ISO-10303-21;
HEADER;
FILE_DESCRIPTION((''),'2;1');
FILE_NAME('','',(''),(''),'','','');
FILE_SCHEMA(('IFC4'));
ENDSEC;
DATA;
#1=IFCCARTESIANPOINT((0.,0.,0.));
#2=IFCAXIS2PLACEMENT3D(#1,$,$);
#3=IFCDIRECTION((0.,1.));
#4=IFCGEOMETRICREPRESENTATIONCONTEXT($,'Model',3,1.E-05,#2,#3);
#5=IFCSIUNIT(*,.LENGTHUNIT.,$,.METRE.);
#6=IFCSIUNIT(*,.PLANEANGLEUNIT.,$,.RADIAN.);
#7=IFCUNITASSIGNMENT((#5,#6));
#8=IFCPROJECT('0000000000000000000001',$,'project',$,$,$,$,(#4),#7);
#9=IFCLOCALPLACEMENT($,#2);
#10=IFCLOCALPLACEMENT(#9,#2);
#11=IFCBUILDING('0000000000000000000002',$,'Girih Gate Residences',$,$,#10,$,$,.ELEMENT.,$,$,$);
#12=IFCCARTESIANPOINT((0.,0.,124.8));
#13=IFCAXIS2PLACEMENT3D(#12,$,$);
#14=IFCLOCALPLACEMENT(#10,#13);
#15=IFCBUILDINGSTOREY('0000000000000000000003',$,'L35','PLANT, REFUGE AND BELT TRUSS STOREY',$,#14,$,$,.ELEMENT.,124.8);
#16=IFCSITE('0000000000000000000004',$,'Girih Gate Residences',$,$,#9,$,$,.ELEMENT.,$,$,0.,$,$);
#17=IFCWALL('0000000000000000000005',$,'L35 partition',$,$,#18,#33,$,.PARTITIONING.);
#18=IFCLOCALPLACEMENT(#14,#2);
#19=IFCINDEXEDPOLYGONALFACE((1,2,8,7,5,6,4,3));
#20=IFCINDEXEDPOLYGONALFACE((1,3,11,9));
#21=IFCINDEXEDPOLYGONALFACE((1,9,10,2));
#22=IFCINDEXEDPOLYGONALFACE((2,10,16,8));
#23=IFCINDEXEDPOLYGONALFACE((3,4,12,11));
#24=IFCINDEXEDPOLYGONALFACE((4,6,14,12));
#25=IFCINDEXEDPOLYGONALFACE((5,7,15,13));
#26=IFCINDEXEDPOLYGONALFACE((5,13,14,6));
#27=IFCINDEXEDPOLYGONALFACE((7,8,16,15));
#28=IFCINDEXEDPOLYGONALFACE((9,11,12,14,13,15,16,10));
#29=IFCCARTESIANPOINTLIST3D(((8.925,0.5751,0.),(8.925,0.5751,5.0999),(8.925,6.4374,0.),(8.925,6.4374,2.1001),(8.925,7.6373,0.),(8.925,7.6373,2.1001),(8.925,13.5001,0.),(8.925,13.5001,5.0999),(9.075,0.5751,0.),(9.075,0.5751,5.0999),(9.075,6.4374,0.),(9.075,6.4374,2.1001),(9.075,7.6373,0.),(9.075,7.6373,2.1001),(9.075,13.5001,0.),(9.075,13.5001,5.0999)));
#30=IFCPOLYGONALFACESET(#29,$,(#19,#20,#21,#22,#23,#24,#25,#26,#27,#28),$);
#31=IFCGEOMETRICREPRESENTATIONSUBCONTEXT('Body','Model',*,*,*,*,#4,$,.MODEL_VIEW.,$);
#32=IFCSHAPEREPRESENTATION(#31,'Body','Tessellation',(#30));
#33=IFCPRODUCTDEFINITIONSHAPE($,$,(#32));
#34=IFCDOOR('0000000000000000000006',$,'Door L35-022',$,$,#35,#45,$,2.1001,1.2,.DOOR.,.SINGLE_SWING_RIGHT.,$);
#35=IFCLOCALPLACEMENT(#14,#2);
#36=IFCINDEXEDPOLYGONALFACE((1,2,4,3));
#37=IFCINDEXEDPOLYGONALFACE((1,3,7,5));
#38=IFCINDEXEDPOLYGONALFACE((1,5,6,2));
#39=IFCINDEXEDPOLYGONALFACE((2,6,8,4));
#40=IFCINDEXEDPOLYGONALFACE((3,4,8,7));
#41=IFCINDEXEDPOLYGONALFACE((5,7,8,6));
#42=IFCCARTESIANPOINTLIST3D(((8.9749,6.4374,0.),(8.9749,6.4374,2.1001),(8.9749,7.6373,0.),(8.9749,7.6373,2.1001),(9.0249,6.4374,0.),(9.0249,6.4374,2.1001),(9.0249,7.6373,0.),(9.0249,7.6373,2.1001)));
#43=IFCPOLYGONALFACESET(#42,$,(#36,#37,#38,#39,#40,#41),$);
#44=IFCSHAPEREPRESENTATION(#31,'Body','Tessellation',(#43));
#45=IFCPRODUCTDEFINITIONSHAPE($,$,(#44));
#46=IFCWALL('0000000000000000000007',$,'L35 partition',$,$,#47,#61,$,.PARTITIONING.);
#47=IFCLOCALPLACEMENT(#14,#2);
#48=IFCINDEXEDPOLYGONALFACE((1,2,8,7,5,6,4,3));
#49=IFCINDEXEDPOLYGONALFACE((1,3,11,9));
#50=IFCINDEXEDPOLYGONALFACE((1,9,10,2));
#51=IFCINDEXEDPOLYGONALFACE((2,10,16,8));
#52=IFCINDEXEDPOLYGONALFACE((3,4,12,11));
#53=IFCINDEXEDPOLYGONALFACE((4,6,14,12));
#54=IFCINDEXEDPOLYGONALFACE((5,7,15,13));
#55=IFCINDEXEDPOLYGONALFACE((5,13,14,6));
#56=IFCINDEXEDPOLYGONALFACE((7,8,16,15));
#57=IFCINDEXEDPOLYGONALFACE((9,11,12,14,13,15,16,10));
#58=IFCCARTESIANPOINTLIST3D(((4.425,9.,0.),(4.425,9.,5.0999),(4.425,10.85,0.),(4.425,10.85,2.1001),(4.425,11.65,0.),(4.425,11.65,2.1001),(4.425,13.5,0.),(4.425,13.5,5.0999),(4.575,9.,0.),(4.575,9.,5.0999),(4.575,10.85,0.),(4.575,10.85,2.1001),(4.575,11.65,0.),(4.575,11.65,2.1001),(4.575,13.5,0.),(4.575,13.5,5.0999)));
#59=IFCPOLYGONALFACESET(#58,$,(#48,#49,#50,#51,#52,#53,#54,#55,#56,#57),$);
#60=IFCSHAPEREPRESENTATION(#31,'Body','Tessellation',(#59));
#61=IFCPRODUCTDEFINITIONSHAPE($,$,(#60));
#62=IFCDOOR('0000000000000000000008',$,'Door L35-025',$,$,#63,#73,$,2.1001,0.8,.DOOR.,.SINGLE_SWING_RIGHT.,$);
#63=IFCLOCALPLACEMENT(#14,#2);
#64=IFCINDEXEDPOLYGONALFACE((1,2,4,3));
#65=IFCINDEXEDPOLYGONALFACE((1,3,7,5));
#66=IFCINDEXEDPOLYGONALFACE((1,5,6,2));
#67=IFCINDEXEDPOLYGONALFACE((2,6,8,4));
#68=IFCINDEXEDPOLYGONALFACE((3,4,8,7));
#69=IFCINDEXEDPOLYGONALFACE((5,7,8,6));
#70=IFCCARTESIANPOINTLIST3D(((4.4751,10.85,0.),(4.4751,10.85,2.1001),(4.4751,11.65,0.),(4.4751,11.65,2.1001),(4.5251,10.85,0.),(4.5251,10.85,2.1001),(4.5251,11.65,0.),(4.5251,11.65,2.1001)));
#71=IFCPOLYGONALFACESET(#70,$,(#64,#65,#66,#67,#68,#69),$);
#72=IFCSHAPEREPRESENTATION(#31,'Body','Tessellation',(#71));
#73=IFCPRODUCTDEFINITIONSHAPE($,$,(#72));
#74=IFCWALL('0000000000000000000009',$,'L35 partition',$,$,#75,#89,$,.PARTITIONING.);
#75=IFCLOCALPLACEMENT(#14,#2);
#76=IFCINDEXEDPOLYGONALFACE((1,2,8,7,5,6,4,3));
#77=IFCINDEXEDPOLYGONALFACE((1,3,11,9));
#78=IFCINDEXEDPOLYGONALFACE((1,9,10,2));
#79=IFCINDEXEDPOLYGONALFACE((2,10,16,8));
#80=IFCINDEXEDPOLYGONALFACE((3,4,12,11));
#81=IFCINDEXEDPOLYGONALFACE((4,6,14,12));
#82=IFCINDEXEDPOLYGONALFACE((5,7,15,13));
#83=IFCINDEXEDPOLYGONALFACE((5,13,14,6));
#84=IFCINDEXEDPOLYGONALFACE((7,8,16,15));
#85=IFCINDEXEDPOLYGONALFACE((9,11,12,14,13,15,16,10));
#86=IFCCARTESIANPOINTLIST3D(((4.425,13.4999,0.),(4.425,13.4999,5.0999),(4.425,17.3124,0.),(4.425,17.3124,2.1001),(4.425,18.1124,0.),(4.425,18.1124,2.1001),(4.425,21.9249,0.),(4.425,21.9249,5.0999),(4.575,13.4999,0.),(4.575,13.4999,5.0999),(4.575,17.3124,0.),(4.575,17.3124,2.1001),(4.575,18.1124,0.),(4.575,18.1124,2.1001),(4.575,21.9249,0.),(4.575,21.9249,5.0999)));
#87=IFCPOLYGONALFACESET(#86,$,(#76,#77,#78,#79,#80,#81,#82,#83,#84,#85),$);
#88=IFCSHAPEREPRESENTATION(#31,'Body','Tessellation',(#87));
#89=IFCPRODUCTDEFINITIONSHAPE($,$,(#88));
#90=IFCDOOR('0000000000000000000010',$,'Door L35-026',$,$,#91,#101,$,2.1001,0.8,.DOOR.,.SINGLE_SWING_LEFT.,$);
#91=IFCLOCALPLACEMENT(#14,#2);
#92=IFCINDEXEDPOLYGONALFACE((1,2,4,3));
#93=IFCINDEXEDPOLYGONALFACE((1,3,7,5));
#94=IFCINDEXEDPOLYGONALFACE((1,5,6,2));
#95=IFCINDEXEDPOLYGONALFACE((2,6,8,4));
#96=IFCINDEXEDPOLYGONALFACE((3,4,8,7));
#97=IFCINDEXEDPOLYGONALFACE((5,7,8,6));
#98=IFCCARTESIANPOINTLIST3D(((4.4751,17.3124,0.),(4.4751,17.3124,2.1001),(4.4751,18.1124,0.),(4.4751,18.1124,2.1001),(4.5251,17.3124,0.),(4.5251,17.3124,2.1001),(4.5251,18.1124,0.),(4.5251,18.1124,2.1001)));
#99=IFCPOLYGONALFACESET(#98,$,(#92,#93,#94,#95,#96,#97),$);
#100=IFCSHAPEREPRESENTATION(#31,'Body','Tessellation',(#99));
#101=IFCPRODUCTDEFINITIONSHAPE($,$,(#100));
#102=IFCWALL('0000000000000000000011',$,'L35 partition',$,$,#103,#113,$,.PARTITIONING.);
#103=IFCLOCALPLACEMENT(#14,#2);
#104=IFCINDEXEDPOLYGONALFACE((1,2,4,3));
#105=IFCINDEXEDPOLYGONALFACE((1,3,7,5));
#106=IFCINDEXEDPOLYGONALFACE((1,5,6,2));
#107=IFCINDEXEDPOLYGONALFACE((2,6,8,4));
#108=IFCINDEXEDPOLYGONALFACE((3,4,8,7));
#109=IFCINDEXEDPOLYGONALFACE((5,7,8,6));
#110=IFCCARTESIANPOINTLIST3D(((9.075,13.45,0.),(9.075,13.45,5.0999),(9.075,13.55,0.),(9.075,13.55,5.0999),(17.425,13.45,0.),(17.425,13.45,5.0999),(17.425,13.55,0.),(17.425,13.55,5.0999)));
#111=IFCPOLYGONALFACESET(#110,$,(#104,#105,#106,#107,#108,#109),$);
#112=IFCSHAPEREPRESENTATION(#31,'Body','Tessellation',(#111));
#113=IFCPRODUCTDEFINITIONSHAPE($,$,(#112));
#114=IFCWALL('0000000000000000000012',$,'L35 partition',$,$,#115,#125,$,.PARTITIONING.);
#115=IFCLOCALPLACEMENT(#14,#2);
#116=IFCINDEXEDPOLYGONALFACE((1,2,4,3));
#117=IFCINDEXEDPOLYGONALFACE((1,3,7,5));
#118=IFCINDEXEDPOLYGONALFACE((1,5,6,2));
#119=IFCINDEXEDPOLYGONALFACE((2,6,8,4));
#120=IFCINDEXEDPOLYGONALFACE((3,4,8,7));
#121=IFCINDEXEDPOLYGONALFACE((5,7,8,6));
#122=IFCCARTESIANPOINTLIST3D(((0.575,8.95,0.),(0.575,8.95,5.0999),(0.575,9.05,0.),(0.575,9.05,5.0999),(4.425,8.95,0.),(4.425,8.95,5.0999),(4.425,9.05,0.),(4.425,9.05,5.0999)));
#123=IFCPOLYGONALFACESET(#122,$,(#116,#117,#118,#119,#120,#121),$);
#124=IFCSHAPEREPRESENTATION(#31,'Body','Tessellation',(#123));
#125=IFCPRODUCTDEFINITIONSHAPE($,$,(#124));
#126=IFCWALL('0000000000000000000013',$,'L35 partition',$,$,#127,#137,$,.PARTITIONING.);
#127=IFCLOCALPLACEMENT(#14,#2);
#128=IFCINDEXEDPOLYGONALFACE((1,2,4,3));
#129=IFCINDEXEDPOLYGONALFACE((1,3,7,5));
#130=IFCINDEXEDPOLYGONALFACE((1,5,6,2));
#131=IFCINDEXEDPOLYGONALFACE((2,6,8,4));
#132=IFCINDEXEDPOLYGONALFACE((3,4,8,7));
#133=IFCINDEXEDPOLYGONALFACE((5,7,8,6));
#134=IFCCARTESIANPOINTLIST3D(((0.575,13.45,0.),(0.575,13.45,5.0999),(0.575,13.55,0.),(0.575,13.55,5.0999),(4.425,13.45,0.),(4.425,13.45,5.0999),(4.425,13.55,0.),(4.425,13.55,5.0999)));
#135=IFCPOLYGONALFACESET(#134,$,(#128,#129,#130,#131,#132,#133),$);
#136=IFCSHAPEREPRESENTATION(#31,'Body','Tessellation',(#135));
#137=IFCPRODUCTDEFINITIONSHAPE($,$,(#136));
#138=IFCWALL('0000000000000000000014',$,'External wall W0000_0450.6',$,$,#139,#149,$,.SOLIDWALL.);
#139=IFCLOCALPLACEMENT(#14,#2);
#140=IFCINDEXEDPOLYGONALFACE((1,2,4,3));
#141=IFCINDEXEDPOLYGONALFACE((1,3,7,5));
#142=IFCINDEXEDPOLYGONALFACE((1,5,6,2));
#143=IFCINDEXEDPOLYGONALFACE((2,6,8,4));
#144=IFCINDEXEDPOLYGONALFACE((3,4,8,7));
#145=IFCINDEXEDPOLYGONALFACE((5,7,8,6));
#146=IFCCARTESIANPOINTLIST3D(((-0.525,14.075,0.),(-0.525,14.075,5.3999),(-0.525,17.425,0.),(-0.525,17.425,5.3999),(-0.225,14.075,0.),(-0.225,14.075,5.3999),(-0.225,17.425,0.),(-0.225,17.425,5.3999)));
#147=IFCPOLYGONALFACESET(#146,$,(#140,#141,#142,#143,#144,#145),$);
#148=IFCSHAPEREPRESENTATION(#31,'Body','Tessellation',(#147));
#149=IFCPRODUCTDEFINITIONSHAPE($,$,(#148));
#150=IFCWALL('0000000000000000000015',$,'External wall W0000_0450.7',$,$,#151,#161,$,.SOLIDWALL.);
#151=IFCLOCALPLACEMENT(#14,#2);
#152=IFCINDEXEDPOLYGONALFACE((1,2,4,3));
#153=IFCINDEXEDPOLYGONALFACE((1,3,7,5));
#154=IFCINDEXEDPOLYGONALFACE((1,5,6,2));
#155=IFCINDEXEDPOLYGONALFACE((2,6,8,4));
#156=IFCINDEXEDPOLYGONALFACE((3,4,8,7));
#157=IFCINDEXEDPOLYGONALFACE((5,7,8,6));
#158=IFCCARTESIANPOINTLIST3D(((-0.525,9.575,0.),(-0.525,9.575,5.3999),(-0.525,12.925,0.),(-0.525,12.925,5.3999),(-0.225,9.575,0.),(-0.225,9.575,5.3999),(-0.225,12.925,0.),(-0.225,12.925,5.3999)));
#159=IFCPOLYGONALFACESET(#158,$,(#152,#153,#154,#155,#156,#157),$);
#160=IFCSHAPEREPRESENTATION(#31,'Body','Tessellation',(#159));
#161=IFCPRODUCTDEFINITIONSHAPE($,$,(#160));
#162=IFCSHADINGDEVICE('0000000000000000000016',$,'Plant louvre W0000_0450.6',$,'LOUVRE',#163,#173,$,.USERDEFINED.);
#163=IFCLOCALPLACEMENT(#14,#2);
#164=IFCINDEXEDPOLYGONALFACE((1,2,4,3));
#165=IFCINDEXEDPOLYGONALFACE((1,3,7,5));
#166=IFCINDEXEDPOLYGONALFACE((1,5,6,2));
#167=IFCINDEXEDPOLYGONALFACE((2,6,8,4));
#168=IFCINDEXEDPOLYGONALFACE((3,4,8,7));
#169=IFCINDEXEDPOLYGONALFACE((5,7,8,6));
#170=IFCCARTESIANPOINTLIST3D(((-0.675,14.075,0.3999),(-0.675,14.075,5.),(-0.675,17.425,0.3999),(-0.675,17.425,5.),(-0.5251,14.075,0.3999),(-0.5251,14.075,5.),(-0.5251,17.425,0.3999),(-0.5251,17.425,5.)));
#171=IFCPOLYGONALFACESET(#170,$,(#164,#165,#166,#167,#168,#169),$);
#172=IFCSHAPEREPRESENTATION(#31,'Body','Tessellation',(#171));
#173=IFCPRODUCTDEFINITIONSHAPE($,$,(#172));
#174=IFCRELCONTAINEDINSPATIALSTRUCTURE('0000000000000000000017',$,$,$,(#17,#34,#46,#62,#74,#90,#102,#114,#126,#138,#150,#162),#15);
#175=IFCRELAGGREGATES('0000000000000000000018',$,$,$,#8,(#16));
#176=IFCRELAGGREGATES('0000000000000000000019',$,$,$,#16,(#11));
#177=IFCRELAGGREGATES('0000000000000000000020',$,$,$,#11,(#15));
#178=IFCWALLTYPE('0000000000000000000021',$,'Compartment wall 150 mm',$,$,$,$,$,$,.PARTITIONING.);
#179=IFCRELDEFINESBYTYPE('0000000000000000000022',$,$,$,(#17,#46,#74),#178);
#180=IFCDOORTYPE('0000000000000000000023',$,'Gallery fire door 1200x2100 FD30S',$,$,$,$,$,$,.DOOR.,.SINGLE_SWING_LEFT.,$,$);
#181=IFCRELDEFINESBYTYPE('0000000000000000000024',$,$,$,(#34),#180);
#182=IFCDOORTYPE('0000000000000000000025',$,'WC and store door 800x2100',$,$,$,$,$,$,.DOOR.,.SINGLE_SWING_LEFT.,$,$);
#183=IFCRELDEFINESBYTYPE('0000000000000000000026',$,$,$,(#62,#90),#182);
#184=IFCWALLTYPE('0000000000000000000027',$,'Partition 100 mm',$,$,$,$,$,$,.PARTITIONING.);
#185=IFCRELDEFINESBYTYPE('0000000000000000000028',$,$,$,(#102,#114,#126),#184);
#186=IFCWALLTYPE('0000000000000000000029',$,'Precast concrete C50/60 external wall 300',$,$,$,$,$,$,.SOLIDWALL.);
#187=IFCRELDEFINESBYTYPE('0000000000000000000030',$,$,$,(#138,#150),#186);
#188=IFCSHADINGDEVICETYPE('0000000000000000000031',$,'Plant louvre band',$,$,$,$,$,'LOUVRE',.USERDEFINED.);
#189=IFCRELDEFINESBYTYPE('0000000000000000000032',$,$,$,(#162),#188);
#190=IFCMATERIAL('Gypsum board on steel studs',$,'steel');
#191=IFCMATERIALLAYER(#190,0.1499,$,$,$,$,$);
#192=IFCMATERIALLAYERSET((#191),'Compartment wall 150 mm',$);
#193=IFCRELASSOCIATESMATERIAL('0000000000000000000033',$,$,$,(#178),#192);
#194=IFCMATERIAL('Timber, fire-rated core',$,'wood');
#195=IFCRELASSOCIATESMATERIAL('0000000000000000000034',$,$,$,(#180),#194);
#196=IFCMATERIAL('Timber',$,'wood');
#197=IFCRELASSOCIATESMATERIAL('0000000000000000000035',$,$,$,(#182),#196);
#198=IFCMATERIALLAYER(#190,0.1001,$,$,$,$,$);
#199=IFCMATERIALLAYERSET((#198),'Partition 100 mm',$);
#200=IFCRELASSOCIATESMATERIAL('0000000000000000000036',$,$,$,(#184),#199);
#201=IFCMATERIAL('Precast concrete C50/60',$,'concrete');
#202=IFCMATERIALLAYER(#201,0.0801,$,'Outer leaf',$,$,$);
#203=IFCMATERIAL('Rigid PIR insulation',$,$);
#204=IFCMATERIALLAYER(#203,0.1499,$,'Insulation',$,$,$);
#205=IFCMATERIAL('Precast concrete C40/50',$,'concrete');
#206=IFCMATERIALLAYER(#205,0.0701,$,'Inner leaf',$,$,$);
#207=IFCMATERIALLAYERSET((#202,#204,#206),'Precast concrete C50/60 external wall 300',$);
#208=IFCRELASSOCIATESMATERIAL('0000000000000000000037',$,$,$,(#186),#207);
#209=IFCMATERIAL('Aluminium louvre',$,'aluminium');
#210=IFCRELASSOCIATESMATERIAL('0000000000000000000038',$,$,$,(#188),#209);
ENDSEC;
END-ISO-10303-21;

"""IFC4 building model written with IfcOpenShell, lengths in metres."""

from ifc_helpers import new_model, si_unit, direction, frame, frame_2d, origin, origin_2d, place, context, subcontext, project, spatial, rectangle, extrude, material, layer, layer_set, type_object, element, fill, save


model = new_model("IFC4")

# Units and contexts
model_context = context("Model", 3, precision=1e-05, world=origin(), true_north=direction((0.0, 1.0)))
body_context = subcontext(model_context, "Body", "Model", "MODEL_VIEW")
ifc_project = project(units=[si_unit("LENGTHUNIT", "METRE"), si_unit("PLANEANGLEUNIT", "RADIAN")], contexts=[model_context])

# Site, building, storey
site_placement = place(None, origin())
site = spatial("IfcSite", under=ifc_project, at=site_placement, Name="Girih Gate Residences", CompositionType="ELEMENT", RefElevation=0.0)
building_placement = place(site_placement, origin())
building = spatial("IfcBuilding", under=site, at=building_placement, Name="Girih Gate Residences", CompositionType="ELEMENT")
storey_placement = place(building_placement, frame((0.0, 0.0, 124.8)))
storey = spatial("IfcBuildingStorey", under=building, at=storey_placement, Name="L35", Description="PLANT, REFUGE AND BELT TRUSS STOREY", CompositionType="ELEMENT", Elevation=124.8)

# Shared definitions
ifc_material_1 = material(Name="Gypsum board on steel studs", Category="steel")
ifc_layer_1 = layer(ifc_material_1, 0.1499)
ifc_layer_set_1 = layer_set([ifc_layer_1], Name="Compartment wall 150 mm")
wall_type_1 = type_object("IfcWallType", Name="Compartment wall 150 mm", PredefinedType="PARTITIONING", material=ifc_layer_set_1)

# Walls, openings, doors
wall_1_placement = place(storey_placement, frame((9.0, 13.5, 0.0), z_axis=(0.0, 0.0, 1.0), x_axis=(0.0, -1.0, 0.0)))
wall_1 = element("IfcWall", 1, at=wall_1_placement, inside=storey, type_object=wall_type_1, Name="L35 partition", PredefinedType="PARTITIONING", context=body_context, shape_type="SweptSolid", body=[
    extrude(rectangle(XDim=12.925, YDim=0.1499, at=frame_2d((6.4624, 0.0))), origin(), (0.0, 0.0, 1.0), 5.0999),
])
opening_1_placement = place(wall_1_placement, frame((5.8625, 0.0, 0.0)))
opening_1 = element("IfcOpeningElement", 2, at=opening_1_placement, cuts=wall_1, PredefinedType="OPENING", context=body_context, shape_type="SweptSolid", body=[
    extrude(rectangle(XDim=1.2, YDim=2.1001, at=frame_2d((0.6001, 1.05))), frame((0.0, 0.085, 0.0), z_axis=(0.0, -1.0, 0.0), x_axis=(1.0, 0.0, 0.0)), (0.0, 0.0, 1.0), 0.1699),
])
ifc_material_2 = material(Name="Timber, fire-rated core", Category="wood")
door_type_1 = type_object("IfcDoorType", Name="Gallery fire door 1200x2100 FD30S", OperationType="SINGLE_SWING_LEFT", PredefinedType="DOOR", material=ifc_material_2)
door_1_placement = place(opening_1_placement, origin())
door_1 = element("IfcDoor", 3, at=door_1_placement, inside=storey, type_object=door_type_1, Name="Door L35-022", OperationType="SINGLE_SWING_RIGHT", OverallHeight=2.1001, OverallWidth=1.2, PredefinedType="DOOR", context=body_context, shape_type="SweptSolid", body=[
    extrude(rectangle(XDim=1.2, YDim=2.1001, at=frame_2d((0.6001, 1.05))), frame((0.0, 0.0249, 0.0), z_axis=(0.0, -1.0, 0.0), x_axis=(1.0, 0.0, 0.0)), (0.0, 0.0, 1.0), 0.05),
])
fill(opening_1, door_1)
wall_2_placement = place(storey_placement, frame((4.5, 9.0, 0.0), z_axis=(0.0, 0.0, 1.0), x_axis=(0.0, 1.0, 0.0)))
wall_2 = element("IfcWall", 4, at=wall_2_placement, inside=storey, type_object=wall_type_1, Name="L35 partition", PredefinedType="PARTITIONING", context=body_context, shape_type="SweptSolid", body=[
    extrude(rectangle(XDim=4.5, YDim=0.1499, at=frame_2d((2.25, 0.0))), origin(), (0.0, 0.0, 1.0), 5.0999),
])
opening_2_placement = place(wall_2_placement, frame((1.8501, 0.0, 0.0)))
opening_2 = element("IfcOpeningElement", 5, at=opening_2_placement, cuts=wall_2, PredefinedType="OPENING", context=body_context, shape_type="SweptSolid", body=[
    extrude(rectangle(XDim=0.8, YDim=2.1001, at=frame_2d((0.3999, 1.05))), frame((0.0, 0.085, 0.0), z_axis=(0.0, -1.0, 0.0), x_axis=(1.0, 0.0, 0.0)), (0.0, 0.0, 1.0), 0.1699),
])
ifc_material_3 = material(Name="Timber", Category="wood")
door_type_2 = type_object("IfcDoorType", Name="WC and store door 800x2100", OperationType="SINGLE_SWING_LEFT", PredefinedType="DOOR", material=ifc_material_3)
door_2_placement = place(opening_2_placement, origin())
door_2 = element("IfcDoor", 6, at=door_2_placement, inside=storey, type_object=door_type_2, Name="Door L35-025", OperationType="SINGLE_SWING_RIGHT", OverallHeight=2.1001, OverallWidth=0.8, PredefinedType="DOOR", context=body_context, shape_type="SweptSolid", body=[
    extrude(rectangle(XDim=0.8, YDim=2.1001, at=frame_2d((0.3999, 1.05))), frame((0.0, 0.0249, 0.0), z_axis=(0.0, -1.0, 0.0), x_axis=(1.0, 0.0, 0.0)), (0.0, 0.0, 1.0), 0.05),
])
fill(opening_2, door_2)
wall_3_placement = place(storey_placement, frame((4.5, 13.5, 0.0), z_axis=(0.0, 0.0, 1.0), x_axis=(0.0, 1.0, 0.0)))
wall_3 = element("IfcWall", 7, at=wall_3_placement, inside=storey, type_object=wall_type_1, Name="L35 partition", PredefinedType="PARTITIONING", context=body_context, shape_type="SweptSolid", body=[
    extrude(rectangle(XDim=8.425, YDim=0.1499, at=frame_2d((4.2124, 0.0))), origin(), (0.0, 0.0, 1.0), 5.0999),
])
opening_3_placement = place(wall_3_placement, frame((3.8125, 0.0, 0.0)))
opening_3 = element("IfcOpeningElement", 8, at=opening_3_placement, cuts=wall_3, PredefinedType="OPENING", context=body_context, shape_type="SweptSolid", body=[
    extrude(rectangle(XDim=0.8, YDim=2.1001, at=frame_2d((0.3999, 1.05))), frame((0.0, 0.085, 0.0), z_axis=(0.0, -1.0, 0.0), x_axis=(1.0, 0.0, 0.0)), (0.0, 0.0, 1.0), 0.1699),
])
door_3_placement = place(opening_3_placement, origin())
door_3 = element("IfcDoor", 9, at=door_3_placement, inside=storey, type_object=door_type_2, Name="Door L35-026", OperationType="SINGLE_SWING_LEFT", OverallHeight=2.1001, OverallWidth=0.8, PredefinedType="DOOR", context=body_context, shape_type="SweptSolid", body=[
    extrude(rectangle(XDim=0.8, YDim=2.1001, at=frame_2d((0.3999, 1.05))), frame((0.0, 0.0249, 0.0), z_axis=(0.0, -1.0, 0.0), x_axis=(1.0, 0.0, 0.0)), (0.0, 0.0, 1.0), 0.05),
])
fill(opening_3, door_3)

# Walls
ifc_layer_2 = layer(ifc_material_1, 0.1001)
ifc_layer_set_2 = layer_set([ifc_layer_2], Name="Partition 100 mm")
wall_type_2 = type_object("IfcWallType", Name="Partition 100 mm", PredefinedType="PARTITIONING", material=ifc_layer_set_2)
wall_4_placement = place(storey_placement, frame((9.075, 13.5, 0.0), z_axis=(0.0, 0.0, 1.0), x_axis=(1.0, 0.0, 0.0)))
element("IfcWall", 10, at=wall_4_placement, inside=storey, type_object=wall_type_2, Name="L35 partition", PredefinedType="PARTITIONING", context=body_context, shape_type="SweptSolid", body=[
    extrude(rectangle(XDim=8.3501, YDim=0.1001, at=frame_2d((4.175, 0.0))), origin(), (0.0, 0.0, 1.0), 5.0999),
])
for number, where, z_axis, x_axis, name in (
    (11, (0.575, 9.0, 0.0), (0.0, 0.0, 1.0), (1.0, 0.0, 0.0), "L35 partition"),
    (12, (0.575, 13.5, 0.0), (0.0, 0.0, 1.0), (1.0, 0.0, 0.0), "L35 partition"),
):
    element("IfcWall", number, at=place(storey_placement, frame(where, z_axis=z_axis, x_axis=x_axis)), inside=storey, type_object=wall_type_2, Name=name, PredefinedType="PARTITIONING", context=body_context, shape_type="SweptSolid", body=[
        extrude(rectangle(XDim=3.8501, YDim=0.1001, at=frame_2d((1.925, 0.0))), origin(), (0.0, 0.0, 1.0), 5.0999),
    ])
ifc_material_4 = material(Name="Precast concrete C50/60", Category="concrete")
ifc_layer_3 = layer(ifc_material_4, 0.0801, Name="Outer leaf")
ifc_material_5 = material(Name="Rigid PIR insulation")
ifc_layer_4 = layer(ifc_material_5, 0.1499, Name="Insulation")
ifc_material_6 = material(Name="Precast concrete C40/50", Category="concrete")
ifc_layer_5 = layer(ifc_material_6, 0.0701, Name="Inner leaf")
ifc_layer_set_3 = layer_set([ifc_layer_3, ifc_layer_4, ifc_layer_5], Name="Precast concrete C50/60 external wall 300")
wall_type_3 = type_object("IfcWallType", Name="Precast concrete C50/60 external wall 300", PredefinedType="SOLIDWALL", material=ifc_layer_set_3)
for number, where, z_axis, x_axis, name in (
    (13, (-0.375, 14.075, 0.0), (0.0, 0.0, 1.0), (0.0, 1.0, 0.0), "External wall W0000_0450.6"),
    (14, (-0.375, 9.575, 0.0), (0.0, 0.0, 1.0), (0.0, 1.0, 0.0), "External wall W0000_0450.7"),
):
    element("IfcWall", number, at=place(storey_placement, frame(where, z_axis=z_axis, x_axis=x_axis)), inside=storey, type_object=wall_type_3, Name=name, PredefinedType="SOLIDWALL", context=body_context, shape_type="SweptSolid", body=[
        extrude(rectangle(XDim=3.3501, YDim=0.3, at=frame_2d((1.675, 0.0))), origin(), (0.0, 0.0, 1.0), 5.3999),
    ])

# Shading device
ifc_material_7 = material(Name="Aluminium louvre", Category="aluminium")
shading_device_type = type_object("IfcShadingDeviceType", Name="Plant louvre band", ElementType="LOUVRE", PredefinedType="USERDEFINED", material=ifc_material_7)
for number, where, z_axis, x_axis, name in (
    (15, (-0.6001, 15.75, 0.3999), (0.0, 0.0, 1.0), (0.0, -1.0, 0.0), "Plant louvre W0000_0450.6"),
):
    element("IfcShadingDevice", number, at=place(storey_placement, frame(where, z_axis=z_axis, x_axis=x_axis)), inside=storey, type_object=shading_device_type, Name=name, ObjectType="LOUVRE", PredefinedType="USERDEFINED", context=body_context, shape_type="SweptSolid", body=[
        extrude(rectangle(XDim=3.3501, YDim=0.1499, at=origin_2d()), origin(), (0.0, 0.0, 1.0), 4.6001),
    ])

save(model, "model.ifc")
